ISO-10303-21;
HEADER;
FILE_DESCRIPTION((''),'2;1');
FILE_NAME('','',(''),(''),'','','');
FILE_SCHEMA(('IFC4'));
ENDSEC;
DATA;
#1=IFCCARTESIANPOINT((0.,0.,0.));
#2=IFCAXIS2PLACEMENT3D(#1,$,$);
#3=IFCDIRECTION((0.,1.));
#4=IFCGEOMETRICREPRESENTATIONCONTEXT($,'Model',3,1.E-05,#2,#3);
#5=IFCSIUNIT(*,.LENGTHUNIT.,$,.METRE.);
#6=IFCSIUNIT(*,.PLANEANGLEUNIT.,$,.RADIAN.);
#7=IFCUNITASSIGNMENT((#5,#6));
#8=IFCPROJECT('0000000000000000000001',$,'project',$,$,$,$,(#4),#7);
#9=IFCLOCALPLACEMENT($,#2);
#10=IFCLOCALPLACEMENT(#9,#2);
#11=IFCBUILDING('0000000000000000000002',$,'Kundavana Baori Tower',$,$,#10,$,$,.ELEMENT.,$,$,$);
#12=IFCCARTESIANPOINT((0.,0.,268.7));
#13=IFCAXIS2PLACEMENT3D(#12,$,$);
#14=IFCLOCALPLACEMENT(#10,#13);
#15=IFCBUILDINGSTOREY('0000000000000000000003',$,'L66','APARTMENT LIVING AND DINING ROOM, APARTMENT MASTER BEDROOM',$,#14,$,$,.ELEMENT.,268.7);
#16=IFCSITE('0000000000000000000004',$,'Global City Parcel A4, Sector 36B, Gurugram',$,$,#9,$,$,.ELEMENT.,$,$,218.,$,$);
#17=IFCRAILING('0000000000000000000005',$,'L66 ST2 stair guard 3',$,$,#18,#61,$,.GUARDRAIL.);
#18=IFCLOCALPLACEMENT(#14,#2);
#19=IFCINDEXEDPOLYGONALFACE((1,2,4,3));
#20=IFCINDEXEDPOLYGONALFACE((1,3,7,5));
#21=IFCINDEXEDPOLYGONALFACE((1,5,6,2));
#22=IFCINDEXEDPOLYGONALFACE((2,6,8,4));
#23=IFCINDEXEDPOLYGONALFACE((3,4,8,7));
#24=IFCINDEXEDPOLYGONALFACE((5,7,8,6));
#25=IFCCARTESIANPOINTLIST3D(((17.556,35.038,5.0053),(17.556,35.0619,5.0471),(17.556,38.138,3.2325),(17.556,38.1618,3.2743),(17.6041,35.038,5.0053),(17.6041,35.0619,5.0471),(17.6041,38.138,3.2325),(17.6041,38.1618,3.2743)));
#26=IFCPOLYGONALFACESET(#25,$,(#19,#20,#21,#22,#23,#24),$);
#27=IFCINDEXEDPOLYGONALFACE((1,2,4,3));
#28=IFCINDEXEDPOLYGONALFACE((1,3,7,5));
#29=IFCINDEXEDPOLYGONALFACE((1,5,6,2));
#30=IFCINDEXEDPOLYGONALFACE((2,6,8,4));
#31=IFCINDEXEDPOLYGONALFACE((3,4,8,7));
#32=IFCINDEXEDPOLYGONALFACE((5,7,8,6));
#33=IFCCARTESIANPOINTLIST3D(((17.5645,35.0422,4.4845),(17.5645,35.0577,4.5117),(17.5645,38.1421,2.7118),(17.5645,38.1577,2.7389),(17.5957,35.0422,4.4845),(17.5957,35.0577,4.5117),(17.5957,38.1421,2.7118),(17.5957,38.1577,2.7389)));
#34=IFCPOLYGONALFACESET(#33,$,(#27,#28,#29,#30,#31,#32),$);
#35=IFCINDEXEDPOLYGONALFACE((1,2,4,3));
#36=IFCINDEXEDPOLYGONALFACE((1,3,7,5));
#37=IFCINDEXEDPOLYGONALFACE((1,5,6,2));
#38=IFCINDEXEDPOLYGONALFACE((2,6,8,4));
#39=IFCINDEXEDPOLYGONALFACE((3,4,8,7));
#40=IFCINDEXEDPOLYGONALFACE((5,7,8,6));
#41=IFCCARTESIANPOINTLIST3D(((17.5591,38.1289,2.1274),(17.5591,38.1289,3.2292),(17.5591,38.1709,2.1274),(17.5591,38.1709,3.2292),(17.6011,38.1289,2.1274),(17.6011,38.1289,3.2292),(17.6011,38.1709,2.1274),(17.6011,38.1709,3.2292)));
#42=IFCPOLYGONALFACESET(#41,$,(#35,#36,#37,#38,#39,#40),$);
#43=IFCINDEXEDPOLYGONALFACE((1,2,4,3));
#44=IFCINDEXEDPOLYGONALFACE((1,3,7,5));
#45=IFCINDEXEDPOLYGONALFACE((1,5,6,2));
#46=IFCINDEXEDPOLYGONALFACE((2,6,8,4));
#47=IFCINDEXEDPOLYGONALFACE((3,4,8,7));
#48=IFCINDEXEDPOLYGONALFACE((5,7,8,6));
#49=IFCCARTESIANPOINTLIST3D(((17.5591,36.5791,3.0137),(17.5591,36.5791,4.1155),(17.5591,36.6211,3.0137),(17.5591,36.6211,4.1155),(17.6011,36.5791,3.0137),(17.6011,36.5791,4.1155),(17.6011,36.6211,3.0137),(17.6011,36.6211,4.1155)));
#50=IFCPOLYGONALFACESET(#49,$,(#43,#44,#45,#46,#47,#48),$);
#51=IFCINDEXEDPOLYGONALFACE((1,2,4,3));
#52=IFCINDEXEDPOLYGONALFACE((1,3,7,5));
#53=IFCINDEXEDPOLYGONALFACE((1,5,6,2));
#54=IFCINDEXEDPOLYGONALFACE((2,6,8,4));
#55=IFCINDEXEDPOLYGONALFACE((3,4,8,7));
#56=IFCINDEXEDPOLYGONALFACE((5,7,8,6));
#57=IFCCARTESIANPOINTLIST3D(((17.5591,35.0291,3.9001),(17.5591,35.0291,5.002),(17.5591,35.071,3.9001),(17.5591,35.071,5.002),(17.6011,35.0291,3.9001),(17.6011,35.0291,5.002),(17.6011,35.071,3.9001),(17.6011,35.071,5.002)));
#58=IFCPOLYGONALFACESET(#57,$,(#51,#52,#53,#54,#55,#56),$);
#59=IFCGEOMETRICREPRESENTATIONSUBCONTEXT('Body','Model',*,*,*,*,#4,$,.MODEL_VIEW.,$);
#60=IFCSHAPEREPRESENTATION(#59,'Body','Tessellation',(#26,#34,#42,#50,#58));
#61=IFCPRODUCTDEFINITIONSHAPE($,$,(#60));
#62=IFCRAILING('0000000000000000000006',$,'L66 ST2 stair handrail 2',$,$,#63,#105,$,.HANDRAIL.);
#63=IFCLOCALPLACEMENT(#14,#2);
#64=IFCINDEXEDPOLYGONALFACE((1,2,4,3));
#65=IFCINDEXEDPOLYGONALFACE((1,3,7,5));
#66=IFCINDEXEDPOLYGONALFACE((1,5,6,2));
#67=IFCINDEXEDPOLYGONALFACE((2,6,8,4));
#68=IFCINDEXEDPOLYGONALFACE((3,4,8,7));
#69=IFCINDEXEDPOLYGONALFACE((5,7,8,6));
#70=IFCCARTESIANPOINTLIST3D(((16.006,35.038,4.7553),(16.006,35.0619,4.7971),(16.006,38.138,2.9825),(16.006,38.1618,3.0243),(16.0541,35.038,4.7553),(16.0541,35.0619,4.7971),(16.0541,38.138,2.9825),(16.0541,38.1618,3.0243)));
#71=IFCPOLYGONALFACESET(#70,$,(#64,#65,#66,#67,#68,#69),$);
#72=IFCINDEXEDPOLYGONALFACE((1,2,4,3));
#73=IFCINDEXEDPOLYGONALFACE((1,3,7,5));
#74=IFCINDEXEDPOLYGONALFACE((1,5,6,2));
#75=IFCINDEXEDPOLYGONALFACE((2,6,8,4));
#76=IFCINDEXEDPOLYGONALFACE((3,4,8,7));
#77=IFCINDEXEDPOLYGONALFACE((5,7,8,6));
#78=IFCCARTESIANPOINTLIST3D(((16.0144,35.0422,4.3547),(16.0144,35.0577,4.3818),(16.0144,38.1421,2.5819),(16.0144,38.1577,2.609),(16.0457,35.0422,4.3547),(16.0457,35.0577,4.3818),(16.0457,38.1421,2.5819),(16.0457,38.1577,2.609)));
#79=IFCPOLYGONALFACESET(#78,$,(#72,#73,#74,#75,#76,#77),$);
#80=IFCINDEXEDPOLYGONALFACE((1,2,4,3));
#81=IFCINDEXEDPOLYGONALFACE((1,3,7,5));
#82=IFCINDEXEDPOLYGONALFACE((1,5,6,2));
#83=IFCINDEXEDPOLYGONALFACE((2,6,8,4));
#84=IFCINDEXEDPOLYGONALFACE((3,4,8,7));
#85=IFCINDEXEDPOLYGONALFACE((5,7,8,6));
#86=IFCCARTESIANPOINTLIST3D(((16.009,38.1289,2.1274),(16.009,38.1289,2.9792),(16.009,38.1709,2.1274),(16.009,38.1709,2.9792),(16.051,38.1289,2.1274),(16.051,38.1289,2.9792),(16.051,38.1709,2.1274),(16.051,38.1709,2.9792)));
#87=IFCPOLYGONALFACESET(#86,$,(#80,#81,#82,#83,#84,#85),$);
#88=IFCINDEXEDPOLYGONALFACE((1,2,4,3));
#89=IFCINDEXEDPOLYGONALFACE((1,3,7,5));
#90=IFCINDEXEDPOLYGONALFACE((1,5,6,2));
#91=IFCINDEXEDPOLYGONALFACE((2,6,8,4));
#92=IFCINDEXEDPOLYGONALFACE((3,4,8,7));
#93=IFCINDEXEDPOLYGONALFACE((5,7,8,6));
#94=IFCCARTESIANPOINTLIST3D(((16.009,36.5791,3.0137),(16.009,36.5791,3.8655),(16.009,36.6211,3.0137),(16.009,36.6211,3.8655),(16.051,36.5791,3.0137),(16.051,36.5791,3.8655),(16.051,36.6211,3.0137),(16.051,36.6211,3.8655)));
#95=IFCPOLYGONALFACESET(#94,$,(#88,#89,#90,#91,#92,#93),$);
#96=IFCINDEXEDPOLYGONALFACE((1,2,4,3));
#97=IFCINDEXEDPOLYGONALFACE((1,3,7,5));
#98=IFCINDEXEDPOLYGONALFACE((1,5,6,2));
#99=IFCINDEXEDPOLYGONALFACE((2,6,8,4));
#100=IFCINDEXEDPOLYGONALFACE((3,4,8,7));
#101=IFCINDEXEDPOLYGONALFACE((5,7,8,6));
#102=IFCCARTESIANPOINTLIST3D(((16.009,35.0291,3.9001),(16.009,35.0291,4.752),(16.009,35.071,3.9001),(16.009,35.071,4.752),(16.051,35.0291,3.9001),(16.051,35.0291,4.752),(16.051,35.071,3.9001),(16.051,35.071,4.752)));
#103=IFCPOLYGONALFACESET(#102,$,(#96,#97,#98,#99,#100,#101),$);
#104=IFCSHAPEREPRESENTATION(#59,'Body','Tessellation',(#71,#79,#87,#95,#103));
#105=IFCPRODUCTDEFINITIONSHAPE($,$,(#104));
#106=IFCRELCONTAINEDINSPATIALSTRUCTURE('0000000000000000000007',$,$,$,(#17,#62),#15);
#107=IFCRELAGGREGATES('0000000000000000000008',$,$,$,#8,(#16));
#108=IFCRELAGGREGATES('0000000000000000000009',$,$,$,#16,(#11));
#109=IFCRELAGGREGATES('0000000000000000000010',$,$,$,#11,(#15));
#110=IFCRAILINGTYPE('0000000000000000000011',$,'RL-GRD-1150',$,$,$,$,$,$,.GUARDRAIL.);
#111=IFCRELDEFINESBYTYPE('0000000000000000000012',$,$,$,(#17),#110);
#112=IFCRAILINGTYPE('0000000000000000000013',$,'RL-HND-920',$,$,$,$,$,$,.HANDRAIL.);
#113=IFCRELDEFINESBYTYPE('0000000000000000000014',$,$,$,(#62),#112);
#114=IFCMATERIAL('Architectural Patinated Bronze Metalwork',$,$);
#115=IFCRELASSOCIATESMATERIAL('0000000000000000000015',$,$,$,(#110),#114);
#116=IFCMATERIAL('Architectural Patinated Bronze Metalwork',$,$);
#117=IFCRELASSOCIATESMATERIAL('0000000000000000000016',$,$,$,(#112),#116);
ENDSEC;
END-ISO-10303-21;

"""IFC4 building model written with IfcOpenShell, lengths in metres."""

from ifc_helpers import new_model, si_unit, direction, frame, origin, origin_2d, place, context, subcontext, project, spatial, rectangle, extrude, material, type_object, element, save


model = new_model("IFC4")

# Units and contexts
model_context = context("Model", 3, precision=1e-05, world=origin(), true_north=direction((0.0, 1.0)))
body_context = subcontext(model_context, "Body", "Model", "MODEL_VIEW")
ifc_project = project(units=[si_unit("LENGTHUNIT", "METRE"), si_unit("PLANEANGLEUNIT", "RADIAN")], contexts=[model_context])

# Site, building, storey
site_placement = place(None, origin())
site = spatial("IfcSite", under=ifc_project, at=site_placement, Name="Global City Parcel A4, Sector 36B, Gurugram", CompositionType="ELEMENT", RefElevation=218.0)
building_placement = place(site_placement, origin())
building = spatial("IfcBuilding", under=site, at=building_placement, Name="Kundavana Baori Tower", CompositionType="ELEMENT")
storey_placement = place(building_placement, frame((0.0, 0.0, 268.7)))
storey = spatial("IfcBuildingStorey", under=building, at=storey_placement, Name="L66", Description="APARTMENT LIVING AND DINING ROOM, APARTMENT MASTER BEDROOM", CompositionType="ELEMENT", Elevation=268.7)

# Railings
ifc_material_1 = material(Name="Architectural Patinated Bronze Metalwork")
railing_type_1 = type_object("IfcRailingType", Name="RL-GRD-1150", PredefinedType="GUARDRAIL", material=ifc_material_1)
railing_1_placement = place(storey_placement, frame((17.5801, 38.1499, 2.1274)))
element("IfcRailing", 1, at=railing_1_placement, inside=storey, type_object=railing_type_1, Name="L66 ST2 stair guard 3", PredefinedType="GUARDRAIL", context=body_context, shape_type="SweptSolid", body=[
    extrude(rectangle(XDim=0.0481, YDim=0.0481, at=origin_2d()), frame((0.0, 0.0, 1.126), z_axis=(0.0, -0.868079, 0.496426), x_axis=(1.0, 0.0, 0.0)), (0.0, 0.0, 1.0), 3.571),
    extrude(rectangle(XDim=0.0312, YDim=0.0312, at=origin_2d()), frame((0.0, 0.0, 0.5979), z_axis=(0.0, -0.868079, 0.496426), x_axis=(1.0, 0.0, 0.0)), (0.0, 0.0, 1.0), 3.571),
    extrude(rectangle(XDim=0.042, YDim=0.042, at=origin_2d()), origin(), (0.0, 0.0, 1.0), 1.1018),
    extrude(rectangle(XDim=0.042, YDim=0.042, at=origin_2d()), frame((0.0, -1.5498, 0.8862)), (0.0, 0.0, 1.0), 1.1018),
    extrude(rectangle(XDim=0.042, YDim=0.042, at=origin_2d()), frame((0.0, -3.0999, 1.7727)), (0.0, 0.0, 1.0), 1.1018),
])
ifc_material_2 = material(Name="Architectural Patinated Bronze Metalwork")
railing_type_2 = type_object("IfcRailingType", Name="RL-HND-920", PredefinedType="HANDRAIL", material=ifc_material_2)
railing_2_placement = place(storey_placement, frame((16.03, 38.1499, 2.1274)))
element("IfcRailing", 2, at=railing_2_placement, inside=storey, type_object=railing_type_2, Name="L66 ST2 stair handrail 2", PredefinedType="HANDRAIL", context=body_context, shape_type="SweptSolid", body=[
    extrude(rectangle(XDim=0.0481, YDim=0.0481, at=origin_2d()), frame((0.0, 0.0, 0.876), z_axis=(0.0, -0.868079, 0.496426), x_axis=(1.0, 0.0, 0.0)), (0.0, 0.0, 1.0), 3.571),
    extrude(rectangle(XDim=0.0312, YDim=0.0312, at=origin_2d()), frame((0.0, 0.0, 0.468), z_axis=(0.0, -0.868079, 0.496426), x_axis=(1.0, 0.0, 0.0)), (0.0, 0.0, 1.0), 3.571),
    extrude(rectangle(XDim=0.042, YDim=0.042, at=origin_2d()), origin(), (0.0, 0.0, 1.0), 0.8518),
    extrude(rectangle(XDim=0.042, YDim=0.042, at=origin_2d()), frame((0.0, -1.5498, 0.8862)), (0.0, 0.0, 1.0), 0.8518),
    extrude(rectangle(XDim=0.042, YDim=0.042, at=origin_2d()), frame((0.0, -3.0999, 1.7727)), (0.0, 0.0, 1.0), 0.8518),
])

save(model, "model.ifc")
